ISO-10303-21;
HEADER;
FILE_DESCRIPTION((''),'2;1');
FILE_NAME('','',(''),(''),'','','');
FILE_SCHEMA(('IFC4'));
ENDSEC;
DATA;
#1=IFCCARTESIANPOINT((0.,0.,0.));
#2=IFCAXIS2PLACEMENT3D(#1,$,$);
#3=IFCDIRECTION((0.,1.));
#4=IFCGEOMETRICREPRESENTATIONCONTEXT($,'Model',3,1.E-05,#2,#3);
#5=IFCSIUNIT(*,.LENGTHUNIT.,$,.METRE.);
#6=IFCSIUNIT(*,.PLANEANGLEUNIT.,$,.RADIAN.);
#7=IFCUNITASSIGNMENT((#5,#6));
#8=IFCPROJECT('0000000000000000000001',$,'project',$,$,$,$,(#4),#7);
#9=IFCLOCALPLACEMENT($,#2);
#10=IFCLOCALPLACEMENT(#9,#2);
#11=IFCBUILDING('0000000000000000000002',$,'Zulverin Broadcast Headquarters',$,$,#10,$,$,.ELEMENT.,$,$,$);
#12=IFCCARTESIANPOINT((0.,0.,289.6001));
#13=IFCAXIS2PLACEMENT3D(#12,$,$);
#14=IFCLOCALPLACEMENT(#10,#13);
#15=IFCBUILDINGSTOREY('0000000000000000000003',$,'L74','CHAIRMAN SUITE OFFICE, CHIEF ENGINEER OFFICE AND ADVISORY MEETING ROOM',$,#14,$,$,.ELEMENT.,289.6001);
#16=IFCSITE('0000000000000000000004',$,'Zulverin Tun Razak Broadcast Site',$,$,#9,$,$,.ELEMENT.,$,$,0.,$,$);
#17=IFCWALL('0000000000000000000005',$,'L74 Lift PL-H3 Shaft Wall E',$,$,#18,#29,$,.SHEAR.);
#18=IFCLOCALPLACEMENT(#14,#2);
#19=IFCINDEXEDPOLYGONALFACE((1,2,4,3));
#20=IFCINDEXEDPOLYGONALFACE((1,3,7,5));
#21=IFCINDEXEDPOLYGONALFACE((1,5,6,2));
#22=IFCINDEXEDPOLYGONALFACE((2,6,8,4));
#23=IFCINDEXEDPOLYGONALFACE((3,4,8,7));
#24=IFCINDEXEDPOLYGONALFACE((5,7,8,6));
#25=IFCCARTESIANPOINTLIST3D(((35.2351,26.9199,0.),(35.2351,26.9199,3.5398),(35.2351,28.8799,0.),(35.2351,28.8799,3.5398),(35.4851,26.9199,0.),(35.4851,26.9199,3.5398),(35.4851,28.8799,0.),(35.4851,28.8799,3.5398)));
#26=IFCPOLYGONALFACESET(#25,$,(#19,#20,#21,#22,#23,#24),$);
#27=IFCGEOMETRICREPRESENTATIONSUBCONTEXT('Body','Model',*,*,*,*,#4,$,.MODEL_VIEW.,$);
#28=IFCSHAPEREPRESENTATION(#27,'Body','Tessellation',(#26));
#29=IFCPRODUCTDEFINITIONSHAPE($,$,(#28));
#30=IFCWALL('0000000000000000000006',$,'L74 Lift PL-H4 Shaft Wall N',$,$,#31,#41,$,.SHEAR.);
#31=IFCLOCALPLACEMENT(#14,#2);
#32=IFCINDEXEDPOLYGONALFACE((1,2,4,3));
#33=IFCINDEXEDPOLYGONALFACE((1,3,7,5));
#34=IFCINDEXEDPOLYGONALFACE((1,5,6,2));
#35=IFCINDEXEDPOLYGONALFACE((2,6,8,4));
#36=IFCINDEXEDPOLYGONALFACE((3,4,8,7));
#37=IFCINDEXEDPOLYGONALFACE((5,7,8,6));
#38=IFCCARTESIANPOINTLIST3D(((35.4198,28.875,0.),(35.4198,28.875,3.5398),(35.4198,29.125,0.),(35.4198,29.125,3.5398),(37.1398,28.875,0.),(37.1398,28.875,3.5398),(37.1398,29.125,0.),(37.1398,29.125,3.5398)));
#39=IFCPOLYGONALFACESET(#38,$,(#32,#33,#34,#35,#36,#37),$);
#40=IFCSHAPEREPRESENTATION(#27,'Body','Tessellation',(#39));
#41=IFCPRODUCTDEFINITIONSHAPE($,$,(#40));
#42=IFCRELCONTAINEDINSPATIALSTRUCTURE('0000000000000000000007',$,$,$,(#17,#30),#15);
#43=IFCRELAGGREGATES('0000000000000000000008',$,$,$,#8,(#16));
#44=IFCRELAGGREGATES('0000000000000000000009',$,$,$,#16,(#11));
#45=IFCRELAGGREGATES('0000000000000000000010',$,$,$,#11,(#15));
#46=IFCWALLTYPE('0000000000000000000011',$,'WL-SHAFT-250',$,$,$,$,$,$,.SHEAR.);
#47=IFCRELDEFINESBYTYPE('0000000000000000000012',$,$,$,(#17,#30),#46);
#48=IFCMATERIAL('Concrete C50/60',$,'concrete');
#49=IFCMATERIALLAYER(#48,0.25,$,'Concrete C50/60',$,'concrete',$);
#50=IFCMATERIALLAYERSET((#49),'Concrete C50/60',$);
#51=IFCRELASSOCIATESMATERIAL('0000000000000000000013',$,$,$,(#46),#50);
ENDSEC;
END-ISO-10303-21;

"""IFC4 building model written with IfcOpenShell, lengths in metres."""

from ifc_helpers import new_model, si_unit, direction, frame, frame_2d, origin, place, context, subcontext, project, spatial, rectangle, extrude, material, layer, layer_set, type_object, element, save


model = new_model("IFC4")

# Units and contexts
model_context = context("Model", 3, precision=1e-05, world=origin(), true_north=direction((0.0, 1.0)))
body_context = subcontext(model_context, "Body", "Model", "MODEL_VIEW")
ifc_project = project(units=[si_unit("LENGTHUNIT", "METRE"), si_unit("PLANEANGLEUNIT", "RADIAN")], contexts=[model_context])

# Site, building, storey
site_placement = place(None, origin())
site = spatial("IfcSite", under=ifc_project, at=site_placement, Name="Zulverin Tun Razak Broadcast Site", CompositionType="ELEMENT", RefElevation=0.0)
building_placement = place(site_placement, origin())
building = spatial("IfcBuilding", under=site, at=building_placement, Name="Zulverin Broadcast Headquarters", CompositionType="ELEMENT")
storey_placement = place(building_placement, frame((0.0, 0.0, 289.6001)))
storey = spatial("IfcBuildingStorey", under=building, at=storey_placement, Name="L74", Description="CHAIRMAN SUITE OFFICE, CHIEF ENGINEER OFFICE AND ADVISORY MEETING ROOM", CompositionType="ELEMENT", Elevation=289.6001)

# Shared definitions
ifc_material_1 = material(Name="Concrete C50/60", Category="concrete")
ifc_layer_1 = layer(ifc_material_1, 0.25, Name="Concrete C50/60", Category="concrete")
ifc_layer_set_1 = layer_set([ifc_layer_1], Name="Concrete C50/60")
wall_type_1 = type_object("IfcWallType", Name="WL-SHAFT-250", PredefinedType="SHEAR", material=ifc_layer_set_1)

# Wall
wall_1_placement = place(storey_placement, frame((35.3601, 26.9199, 0.0), z_axis=(0.0, 0.0, 1.0), x_axis=(0.0, 1.0, 0.0)))
element("IfcWall", 1, at=wall_1_placement, inside=storey, type_object=wall_type_1, Name="L74 Lift PL-H3 Shaft Wall E", PredefinedType="SHEAR", context=body_context, shape_type="SweptSolid", body=[
    extrude(rectangle(XDim=1.96, YDim=0.25, at=frame_2d((0.98, 0.0))), origin(), (0.0, 0.0, 1.0), 3.5398),
])

# Wall
wall_2_placement = place(storey_placement, frame((35.4199, 29.0, 0.0), z_axis=(0.0, 0.0, 1.0), x_axis=(1.0, 0.0, 0.0)))
element("IfcWall", 2, at=wall_2_placement, inside=storey, type_object=wall_type_1, Name="L74 Lift PL-H4 Shaft Wall N", PredefinedType="SHEAR", context=body_context, shape_type="SweptSolid", body=[
    extrude(rectangle(XDim=1.72, YDim=0.25, at=frame_2d((0.8599, 0.0))), origin(), (0.0, 0.0, 1.0), 3.5398),
])

save(model, "model.ifc")
